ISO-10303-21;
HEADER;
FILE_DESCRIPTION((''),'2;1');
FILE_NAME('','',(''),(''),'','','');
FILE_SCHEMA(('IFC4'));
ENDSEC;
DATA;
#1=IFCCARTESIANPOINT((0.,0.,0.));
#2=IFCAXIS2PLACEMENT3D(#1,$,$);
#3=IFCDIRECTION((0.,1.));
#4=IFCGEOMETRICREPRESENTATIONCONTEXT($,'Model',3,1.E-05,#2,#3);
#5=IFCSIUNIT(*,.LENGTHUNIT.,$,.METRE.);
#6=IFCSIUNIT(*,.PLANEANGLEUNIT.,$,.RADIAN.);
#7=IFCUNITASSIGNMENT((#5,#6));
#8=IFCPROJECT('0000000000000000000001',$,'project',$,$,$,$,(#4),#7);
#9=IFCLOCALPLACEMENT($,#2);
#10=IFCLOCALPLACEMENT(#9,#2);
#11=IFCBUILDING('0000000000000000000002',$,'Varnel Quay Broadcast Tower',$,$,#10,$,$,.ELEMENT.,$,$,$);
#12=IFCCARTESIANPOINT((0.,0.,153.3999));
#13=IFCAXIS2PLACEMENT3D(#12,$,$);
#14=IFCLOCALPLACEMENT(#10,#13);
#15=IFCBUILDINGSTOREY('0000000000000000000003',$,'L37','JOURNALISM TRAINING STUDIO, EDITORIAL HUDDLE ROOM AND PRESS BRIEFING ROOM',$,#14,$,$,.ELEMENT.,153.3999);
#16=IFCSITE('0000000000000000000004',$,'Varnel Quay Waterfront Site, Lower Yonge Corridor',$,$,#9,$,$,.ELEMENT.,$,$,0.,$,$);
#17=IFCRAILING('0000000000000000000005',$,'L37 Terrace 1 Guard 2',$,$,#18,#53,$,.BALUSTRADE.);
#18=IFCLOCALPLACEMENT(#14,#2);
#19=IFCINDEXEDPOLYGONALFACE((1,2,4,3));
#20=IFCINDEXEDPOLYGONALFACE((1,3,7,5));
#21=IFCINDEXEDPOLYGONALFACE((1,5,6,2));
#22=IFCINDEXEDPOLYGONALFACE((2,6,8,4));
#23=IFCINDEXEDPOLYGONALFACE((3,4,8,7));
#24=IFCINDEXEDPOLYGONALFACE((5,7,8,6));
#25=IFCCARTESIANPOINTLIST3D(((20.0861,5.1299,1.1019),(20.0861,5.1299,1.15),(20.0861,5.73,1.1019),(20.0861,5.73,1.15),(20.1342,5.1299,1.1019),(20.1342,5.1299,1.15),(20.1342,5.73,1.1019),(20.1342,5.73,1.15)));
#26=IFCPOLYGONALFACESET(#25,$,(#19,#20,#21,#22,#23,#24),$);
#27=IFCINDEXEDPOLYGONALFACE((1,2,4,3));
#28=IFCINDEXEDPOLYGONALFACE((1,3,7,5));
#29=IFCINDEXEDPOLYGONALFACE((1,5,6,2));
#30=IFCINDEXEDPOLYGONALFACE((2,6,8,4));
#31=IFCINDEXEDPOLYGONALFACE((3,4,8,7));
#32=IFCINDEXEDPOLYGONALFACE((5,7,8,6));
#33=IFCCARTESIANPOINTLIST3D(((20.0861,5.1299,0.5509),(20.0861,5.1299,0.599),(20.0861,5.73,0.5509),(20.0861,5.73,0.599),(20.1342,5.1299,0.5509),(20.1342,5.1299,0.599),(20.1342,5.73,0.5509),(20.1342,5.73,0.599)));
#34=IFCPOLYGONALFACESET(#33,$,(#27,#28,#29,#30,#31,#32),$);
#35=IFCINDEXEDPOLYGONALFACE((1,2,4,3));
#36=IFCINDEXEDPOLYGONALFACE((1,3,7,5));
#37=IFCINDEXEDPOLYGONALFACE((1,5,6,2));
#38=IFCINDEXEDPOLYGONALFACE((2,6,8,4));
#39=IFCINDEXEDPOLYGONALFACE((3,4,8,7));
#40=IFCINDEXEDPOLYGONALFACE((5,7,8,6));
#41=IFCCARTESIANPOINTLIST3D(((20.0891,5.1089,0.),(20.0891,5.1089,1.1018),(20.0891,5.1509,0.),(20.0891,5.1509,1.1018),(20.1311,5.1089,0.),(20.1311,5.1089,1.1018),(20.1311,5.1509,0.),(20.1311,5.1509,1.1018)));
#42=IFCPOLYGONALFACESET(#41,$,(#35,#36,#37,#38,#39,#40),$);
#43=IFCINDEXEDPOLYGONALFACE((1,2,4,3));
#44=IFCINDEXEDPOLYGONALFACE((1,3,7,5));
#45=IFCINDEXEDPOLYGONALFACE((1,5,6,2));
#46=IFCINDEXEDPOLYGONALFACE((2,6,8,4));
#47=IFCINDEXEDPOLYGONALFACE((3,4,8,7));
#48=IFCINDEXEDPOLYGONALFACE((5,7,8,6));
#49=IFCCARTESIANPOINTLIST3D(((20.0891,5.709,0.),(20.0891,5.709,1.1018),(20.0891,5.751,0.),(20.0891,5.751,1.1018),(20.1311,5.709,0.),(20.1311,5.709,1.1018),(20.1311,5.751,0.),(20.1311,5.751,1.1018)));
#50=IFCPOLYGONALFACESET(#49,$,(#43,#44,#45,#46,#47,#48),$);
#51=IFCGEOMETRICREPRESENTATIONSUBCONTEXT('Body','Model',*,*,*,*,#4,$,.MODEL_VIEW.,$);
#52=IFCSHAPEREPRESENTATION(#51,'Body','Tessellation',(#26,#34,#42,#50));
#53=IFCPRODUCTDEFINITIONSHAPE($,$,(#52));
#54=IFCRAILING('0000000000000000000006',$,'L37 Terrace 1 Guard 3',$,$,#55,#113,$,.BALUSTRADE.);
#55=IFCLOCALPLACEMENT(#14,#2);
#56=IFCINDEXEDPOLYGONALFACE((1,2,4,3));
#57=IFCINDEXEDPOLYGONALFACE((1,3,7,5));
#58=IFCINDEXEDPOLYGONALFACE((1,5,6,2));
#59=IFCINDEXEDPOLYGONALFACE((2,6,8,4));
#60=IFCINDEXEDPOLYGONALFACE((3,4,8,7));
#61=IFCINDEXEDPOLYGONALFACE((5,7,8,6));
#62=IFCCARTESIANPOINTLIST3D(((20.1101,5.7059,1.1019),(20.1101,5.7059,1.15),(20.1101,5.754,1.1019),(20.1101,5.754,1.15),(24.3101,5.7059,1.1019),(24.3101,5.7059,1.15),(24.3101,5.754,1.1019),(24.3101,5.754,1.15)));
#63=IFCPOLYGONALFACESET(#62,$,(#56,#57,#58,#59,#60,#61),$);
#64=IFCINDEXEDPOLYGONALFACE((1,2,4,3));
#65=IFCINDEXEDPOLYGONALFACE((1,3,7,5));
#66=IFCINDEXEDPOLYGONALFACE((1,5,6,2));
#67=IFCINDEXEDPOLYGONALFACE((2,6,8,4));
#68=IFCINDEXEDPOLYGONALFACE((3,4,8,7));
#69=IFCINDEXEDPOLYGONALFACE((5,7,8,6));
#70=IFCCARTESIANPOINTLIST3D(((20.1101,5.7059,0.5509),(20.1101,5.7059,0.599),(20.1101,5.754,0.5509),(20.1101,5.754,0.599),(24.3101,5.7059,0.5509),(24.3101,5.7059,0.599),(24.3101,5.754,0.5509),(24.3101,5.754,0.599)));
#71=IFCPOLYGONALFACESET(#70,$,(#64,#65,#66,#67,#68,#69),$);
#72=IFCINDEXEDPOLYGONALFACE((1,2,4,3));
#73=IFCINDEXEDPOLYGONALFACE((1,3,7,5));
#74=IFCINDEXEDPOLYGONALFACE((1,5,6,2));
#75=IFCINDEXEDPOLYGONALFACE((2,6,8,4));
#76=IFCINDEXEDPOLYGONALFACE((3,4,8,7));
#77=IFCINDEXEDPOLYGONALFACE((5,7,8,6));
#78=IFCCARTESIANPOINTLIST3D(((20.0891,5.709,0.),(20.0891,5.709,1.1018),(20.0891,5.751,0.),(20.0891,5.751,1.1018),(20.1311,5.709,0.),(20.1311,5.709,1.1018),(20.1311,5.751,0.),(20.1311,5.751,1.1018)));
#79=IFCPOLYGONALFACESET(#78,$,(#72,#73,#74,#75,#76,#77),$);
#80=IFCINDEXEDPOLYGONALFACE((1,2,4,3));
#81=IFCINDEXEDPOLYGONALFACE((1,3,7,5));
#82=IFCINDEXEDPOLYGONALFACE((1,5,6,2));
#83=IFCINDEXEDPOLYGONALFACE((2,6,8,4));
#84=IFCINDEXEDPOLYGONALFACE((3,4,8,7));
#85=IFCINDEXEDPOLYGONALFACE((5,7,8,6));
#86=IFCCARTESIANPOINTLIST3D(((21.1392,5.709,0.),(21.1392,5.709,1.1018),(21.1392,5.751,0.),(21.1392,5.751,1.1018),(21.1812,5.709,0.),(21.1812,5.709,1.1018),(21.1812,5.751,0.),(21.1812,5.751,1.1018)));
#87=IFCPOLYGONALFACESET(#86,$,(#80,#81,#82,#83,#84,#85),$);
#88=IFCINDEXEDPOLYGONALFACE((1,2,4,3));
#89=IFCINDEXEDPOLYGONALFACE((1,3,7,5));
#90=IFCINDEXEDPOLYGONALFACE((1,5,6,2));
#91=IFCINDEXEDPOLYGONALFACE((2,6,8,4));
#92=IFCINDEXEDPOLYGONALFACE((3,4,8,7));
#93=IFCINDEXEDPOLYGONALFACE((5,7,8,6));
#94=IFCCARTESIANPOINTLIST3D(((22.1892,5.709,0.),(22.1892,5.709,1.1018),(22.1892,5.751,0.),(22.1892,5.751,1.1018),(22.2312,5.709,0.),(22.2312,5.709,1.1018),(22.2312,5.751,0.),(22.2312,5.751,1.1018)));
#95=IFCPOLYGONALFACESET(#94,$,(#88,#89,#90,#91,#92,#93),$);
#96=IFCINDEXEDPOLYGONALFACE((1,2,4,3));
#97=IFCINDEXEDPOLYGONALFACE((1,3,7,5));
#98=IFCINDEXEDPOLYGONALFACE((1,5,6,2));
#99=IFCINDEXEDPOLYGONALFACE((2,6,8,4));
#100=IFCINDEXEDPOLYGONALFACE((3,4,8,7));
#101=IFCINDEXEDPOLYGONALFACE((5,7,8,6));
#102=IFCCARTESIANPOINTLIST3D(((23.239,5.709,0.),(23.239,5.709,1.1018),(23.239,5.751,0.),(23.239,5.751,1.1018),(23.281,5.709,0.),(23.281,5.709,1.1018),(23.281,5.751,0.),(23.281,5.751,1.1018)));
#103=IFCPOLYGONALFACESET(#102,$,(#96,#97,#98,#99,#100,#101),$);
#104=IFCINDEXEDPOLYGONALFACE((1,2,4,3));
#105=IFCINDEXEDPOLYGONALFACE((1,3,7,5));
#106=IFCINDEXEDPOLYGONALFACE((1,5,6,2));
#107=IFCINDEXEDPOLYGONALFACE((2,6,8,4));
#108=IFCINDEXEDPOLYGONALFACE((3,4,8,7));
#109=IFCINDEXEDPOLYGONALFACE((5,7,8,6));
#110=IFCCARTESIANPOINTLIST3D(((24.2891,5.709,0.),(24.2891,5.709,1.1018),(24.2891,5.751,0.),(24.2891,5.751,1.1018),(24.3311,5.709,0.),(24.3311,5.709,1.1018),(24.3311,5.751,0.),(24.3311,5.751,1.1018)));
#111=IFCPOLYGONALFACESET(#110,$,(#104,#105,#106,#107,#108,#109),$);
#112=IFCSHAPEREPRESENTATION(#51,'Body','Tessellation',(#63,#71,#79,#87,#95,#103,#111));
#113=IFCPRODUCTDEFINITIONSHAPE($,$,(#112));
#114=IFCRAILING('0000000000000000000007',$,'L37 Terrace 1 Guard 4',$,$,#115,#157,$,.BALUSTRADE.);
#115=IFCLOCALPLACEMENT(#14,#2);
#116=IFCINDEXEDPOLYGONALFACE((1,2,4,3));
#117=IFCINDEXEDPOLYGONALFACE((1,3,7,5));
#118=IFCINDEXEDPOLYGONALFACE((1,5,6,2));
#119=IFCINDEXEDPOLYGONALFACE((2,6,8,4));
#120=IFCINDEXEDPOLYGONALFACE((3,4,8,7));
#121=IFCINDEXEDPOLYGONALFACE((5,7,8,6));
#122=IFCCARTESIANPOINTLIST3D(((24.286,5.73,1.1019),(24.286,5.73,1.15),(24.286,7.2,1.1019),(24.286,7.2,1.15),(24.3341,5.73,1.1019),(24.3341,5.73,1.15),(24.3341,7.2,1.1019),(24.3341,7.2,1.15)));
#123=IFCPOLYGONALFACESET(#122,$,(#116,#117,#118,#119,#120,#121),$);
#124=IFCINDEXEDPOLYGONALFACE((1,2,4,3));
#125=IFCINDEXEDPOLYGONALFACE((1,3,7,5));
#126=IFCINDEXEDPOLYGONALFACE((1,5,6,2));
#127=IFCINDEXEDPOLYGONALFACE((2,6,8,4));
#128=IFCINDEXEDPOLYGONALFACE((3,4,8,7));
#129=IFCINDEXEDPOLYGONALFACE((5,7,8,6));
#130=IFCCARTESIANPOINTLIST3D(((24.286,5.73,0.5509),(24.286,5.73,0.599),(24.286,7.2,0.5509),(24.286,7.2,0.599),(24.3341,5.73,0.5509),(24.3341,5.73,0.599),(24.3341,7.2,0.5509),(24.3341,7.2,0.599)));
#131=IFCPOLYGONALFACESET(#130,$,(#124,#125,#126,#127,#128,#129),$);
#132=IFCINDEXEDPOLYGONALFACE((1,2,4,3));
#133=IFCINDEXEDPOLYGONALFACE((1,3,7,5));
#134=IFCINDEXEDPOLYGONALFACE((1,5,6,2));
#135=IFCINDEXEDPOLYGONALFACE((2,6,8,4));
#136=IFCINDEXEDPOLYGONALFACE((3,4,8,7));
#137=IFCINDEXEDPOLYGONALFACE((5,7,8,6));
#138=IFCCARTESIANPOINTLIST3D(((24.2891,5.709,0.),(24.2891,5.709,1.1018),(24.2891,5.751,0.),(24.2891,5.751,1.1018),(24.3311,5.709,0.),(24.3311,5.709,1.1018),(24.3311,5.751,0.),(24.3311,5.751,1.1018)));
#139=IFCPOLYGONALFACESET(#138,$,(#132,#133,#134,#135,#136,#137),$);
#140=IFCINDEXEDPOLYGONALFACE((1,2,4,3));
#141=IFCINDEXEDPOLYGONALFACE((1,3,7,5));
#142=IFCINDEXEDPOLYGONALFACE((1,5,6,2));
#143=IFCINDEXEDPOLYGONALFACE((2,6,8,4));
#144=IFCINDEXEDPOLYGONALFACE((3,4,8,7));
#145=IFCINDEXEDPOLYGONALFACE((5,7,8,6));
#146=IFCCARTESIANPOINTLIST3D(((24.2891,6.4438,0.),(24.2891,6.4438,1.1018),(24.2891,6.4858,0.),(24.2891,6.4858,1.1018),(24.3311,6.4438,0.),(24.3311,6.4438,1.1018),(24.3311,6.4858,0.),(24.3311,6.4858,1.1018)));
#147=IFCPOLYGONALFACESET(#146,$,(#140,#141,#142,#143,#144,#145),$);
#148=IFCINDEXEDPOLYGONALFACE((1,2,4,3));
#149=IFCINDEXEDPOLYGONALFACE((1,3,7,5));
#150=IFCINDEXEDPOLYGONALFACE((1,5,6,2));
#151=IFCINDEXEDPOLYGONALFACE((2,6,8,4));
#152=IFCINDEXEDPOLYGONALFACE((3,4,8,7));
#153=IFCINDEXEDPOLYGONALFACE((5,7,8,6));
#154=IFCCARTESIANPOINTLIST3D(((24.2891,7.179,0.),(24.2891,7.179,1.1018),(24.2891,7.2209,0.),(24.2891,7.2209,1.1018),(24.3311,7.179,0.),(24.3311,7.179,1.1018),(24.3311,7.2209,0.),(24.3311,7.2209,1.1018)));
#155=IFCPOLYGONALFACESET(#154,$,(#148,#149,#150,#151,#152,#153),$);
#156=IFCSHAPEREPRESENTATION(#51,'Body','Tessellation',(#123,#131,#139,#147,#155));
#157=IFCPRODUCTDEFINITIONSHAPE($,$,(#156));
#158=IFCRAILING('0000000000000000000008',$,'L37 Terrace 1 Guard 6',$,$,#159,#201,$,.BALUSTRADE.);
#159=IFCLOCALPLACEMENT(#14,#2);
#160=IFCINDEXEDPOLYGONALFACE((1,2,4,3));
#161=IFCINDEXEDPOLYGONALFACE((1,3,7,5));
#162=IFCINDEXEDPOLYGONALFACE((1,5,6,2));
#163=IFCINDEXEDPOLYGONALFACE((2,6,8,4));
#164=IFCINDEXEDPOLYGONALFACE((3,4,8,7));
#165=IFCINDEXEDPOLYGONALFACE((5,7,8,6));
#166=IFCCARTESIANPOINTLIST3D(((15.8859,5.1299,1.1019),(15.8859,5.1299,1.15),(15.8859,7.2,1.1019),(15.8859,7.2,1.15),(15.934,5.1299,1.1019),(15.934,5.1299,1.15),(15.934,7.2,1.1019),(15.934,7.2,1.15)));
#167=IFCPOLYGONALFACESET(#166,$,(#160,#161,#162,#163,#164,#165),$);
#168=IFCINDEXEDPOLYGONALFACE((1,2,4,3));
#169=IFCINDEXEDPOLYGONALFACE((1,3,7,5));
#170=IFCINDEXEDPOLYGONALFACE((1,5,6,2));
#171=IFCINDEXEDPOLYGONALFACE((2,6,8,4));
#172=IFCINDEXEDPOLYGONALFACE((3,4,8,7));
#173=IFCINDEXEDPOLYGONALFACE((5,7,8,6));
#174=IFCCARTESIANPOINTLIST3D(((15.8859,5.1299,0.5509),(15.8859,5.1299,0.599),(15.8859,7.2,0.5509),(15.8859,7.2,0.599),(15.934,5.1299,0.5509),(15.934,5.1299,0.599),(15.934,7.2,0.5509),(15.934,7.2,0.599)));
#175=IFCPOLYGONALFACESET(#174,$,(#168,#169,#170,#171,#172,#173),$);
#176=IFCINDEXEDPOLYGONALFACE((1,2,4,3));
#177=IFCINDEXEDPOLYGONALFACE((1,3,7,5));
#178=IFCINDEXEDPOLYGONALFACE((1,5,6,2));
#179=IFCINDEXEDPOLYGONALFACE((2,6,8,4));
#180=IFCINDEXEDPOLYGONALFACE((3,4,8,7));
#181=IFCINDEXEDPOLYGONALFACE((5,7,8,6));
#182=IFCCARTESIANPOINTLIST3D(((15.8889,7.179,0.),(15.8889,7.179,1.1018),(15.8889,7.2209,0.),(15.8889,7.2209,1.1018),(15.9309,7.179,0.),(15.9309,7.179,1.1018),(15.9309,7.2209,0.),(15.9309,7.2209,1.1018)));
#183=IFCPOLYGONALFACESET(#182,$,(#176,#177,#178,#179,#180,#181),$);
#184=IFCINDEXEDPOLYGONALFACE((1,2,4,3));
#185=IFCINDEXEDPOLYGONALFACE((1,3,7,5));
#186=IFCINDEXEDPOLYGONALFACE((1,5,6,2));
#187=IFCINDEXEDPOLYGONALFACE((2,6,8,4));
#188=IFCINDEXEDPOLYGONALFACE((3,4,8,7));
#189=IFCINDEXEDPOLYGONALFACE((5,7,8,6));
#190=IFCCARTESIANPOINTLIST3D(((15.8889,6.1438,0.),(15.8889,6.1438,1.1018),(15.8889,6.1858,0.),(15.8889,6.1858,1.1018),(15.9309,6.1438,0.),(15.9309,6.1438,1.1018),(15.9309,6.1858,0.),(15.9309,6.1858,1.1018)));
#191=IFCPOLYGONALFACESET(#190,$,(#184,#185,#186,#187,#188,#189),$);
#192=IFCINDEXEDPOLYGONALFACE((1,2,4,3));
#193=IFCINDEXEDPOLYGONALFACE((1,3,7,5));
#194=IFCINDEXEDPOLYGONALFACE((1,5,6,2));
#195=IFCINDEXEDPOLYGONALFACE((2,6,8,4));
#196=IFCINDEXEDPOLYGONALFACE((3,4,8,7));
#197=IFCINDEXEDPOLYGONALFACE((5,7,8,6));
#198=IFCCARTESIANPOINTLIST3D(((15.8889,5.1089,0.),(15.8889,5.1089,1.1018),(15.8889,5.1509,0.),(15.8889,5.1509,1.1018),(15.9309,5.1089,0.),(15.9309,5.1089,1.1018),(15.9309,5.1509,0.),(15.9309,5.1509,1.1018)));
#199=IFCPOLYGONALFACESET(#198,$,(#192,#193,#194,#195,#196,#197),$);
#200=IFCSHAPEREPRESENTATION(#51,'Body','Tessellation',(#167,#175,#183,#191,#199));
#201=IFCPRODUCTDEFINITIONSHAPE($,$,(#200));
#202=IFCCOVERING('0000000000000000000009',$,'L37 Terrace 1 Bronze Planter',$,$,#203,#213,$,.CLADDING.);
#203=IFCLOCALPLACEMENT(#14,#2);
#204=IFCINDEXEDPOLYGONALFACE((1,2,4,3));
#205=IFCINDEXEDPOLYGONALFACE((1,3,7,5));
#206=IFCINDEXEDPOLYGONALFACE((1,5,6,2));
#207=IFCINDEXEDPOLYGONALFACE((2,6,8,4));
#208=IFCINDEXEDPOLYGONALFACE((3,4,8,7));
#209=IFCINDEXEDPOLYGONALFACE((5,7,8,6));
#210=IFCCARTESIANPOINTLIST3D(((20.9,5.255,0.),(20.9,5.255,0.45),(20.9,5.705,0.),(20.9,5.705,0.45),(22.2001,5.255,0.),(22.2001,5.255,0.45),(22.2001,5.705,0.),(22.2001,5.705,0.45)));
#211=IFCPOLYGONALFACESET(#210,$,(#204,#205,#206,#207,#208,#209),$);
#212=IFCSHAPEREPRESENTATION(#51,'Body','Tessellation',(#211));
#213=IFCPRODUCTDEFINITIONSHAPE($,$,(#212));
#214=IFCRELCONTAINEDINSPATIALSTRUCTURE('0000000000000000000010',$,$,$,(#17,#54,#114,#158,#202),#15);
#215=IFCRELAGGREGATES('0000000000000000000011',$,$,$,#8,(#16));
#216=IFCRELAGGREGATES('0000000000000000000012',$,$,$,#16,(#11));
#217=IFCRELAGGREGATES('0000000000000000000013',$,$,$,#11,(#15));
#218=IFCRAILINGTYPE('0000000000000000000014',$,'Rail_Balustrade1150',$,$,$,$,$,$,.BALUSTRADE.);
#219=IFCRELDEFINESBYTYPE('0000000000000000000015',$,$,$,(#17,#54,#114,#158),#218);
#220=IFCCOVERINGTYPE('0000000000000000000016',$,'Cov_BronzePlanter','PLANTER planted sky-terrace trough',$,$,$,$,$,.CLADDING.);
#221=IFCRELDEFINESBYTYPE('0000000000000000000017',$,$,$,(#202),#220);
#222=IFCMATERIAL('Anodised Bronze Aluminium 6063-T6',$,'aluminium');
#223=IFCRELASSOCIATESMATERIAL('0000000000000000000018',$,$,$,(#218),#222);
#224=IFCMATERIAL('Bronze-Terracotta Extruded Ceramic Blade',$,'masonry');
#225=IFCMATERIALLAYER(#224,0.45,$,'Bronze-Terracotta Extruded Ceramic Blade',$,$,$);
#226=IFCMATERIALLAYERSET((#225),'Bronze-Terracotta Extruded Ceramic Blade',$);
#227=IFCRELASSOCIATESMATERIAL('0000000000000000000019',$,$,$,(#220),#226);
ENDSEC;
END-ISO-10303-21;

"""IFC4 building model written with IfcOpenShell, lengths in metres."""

from ifc_helpers import new_model, si_unit, direction, frame, origin, origin_2d, place, context, subcontext, project, spatial, rectangle, extrude, source, transform, mapped, material, layer, layer_set, type_object, type_shapes, element, save


model = new_model("IFC4")

# Units and contexts
model_context = context("Model", 3, precision=1e-05, world=origin(), true_north=direction((0.0, 1.0)))
body_context = subcontext(model_context, "Body", "Model", "MODEL_VIEW")
ifc_project = project(units=[si_unit("LENGTHUNIT", "METRE"), si_unit("PLANEANGLEUNIT", "RADIAN")], contexts=[model_context])

# Site, building, storey
site_placement = place(None, origin())
site = spatial("IfcSite", under=ifc_project, at=site_placement, Name="Varnel Quay Waterfront Site, Lower Yonge Corridor", CompositionType="ELEMENT", RefElevation=0.0)
building_placement = place(site_placement, origin())
building = spatial("IfcBuilding", under=site, at=building_placement, Name="Varnel Quay Broadcast Tower", CompositionType="ELEMENT")
storey_placement = place(building_placement, frame((0.0, 0.0, 153.3999)))
storey = spatial("IfcBuildingStorey", under=building, at=storey_placement, Name="L37", Description="JOURNALISM TRAINING STUDIO, EDITORIAL HUDDLE ROOM AND PRESS BRIEFING ROOM", CompositionType="ELEMENT", Elevation=153.3999)

# Shared definitions
ifc_material_1 = material(Name="Anodised Bronze Aluminium 6063-T6", Category="aluminium")

# Railings
railing_type = type_object("IfcRailingType", Name="Rail_Balustrade1150", PredefinedType="BALUSTRADE", material=ifc_material_1)
railing_1_placement = place(storey_placement, frame((20.1101, 5.1299, 0.0)))
element("IfcRailing", 1, at=railing_1_placement, inside=storey, type_object=railing_type, Name="L37 Terrace 1 Guard 2", PredefinedType="BALUSTRADE", context=body_context, shape_type="SweptSolid", body=[
    extrude(rectangle(XDim=0.0481, YDim=0.0481, at=origin_2d()), frame((0.0, 0.0, 1.126), z_axis=(0.0, 1.0, 0.0), x_axis=(-1.0, 0.0, 0.0)), (0.0, 0.0, 1.0), 0.6001),
    extrude(rectangle(XDim=0.0481, YDim=0.0481, at=origin_2d()), frame((0.0, 0.0, 0.575), z_axis=(0.0, 1.0, 0.0), x_axis=(-1.0, 0.0, 0.0)), (0.0, 0.0, 1.0), 0.6001),
    extrude(rectangle(XDim=0.042, YDim=0.042, at=origin_2d()), origin(), (0.0, 0.0, 1.0), 1.1018),
    extrude(rectangle(XDim=0.042, YDim=0.042, at=origin_2d()), frame((0.0, 0.6001, 0.0)), (0.0, 0.0, 1.0), 1.1018),
])
railing_2_placement = place(storey_placement, frame((20.1101, 5.73, 0.0)))
element("IfcRailing", 2, at=railing_2_placement, inside=storey, type_object=railing_type, Name="L37 Terrace 1 Guard 3", PredefinedType="BALUSTRADE", context=body_context, shape_type="SweptSolid", body=[
    extrude(rectangle(XDim=0.0481, YDim=0.0481, at=origin_2d()), frame((0.0, 0.0, 1.126), z_axis=(1.0, 0.0, 0.0), x_axis=(0.0, 1.0, 0.0)), (0.0, 0.0, 1.0), 4.2),
    extrude(rectangle(XDim=0.0481, YDim=0.0481, at=origin_2d()), frame((0.0, 0.0, 0.575), z_axis=(1.0, 0.0, 0.0), x_axis=(0.0, 1.0, 0.0)), (0.0, 0.0, 1.0), 4.2),
    extrude(rectangle(XDim=0.042, YDim=0.042, at=origin_2d()), origin(), (0.0, 0.0, 1.0), 1.1018),
    extrude(rectangle(XDim=0.042, YDim=0.042, at=origin_2d()), frame((1.05, 0.0, 0.0)), (0.0, 0.0, 1.0), 1.1018),
    extrude(rectangle(XDim=0.042, YDim=0.042, at=origin_2d()), frame((2.1001, 0.0, 0.0)), (0.0, 0.0, 1.0), 1.1018),
    extrude(rectangle(XDim=0.042, YDim=0.042, at=origin_2d()), frame((3.1499, 0.0, 0.0)), (0.0, 0.0, 1.0), 1.1018),
    extrude(rectangle(XDim=0.042, YDim=0.042, at=origin_2d()), frame((4.2, 0.0, 0.0)), (0.0, 0.0, 1.0), 1.1018),
])
railing_3_placement = place(storey_placement, frame((24.3101, 5.73, 0.0)))
element("IfcRailing", 3, at=railing_3_placement, inside=storey, type_object=railing_type, Name="L37 Terrace 1 Guard 4", PredefinedType="BALUSTRADE", context=body_context, shape_type="SweptSolid", body=[
    extrude(rectangle(XDim=0.0481, YDim=0.0481, at=origin_2d()), frame((0.0, 0.0, 1.126), z_axis=(0.0, 1.0, 0.0), x_axis=(-1.0, 0.0, 0.0)), (0.0, 0.0, 1.0), 1.47),
    extrude(rectangle(XDim=0.0481, YDim=0.0481, at=origin_2d()), frame((0.0, 0.0, 0.575), z_axis=(0.0, 1.0, 0.0), x_axis=(-1.0, 0.0, 0.0)), (0.0, 0.0, 1.0), 1.47),
    extrude(rectangle(XDim=0.042, YDim=0.042, at=origin_2d()), origin(), (0.0, 0.0, 1.0), 1.1018),
    extrude(rectangle(XDim=0.042, YDim=0.042, at=origin_2d()), frame((0.0, 0.7349, 0.0)), (0.0, 0.0, 1.0), 1.1018),
    extrude(rectangle(XDim=0.042, YDim=0.042, at=origin_2d()), frame((0.0, 1.47, 0.0)), (0.0, 0.0, 1.0), 1.1018),
])
railing_4_placement = place(storey_placement, frame((15.9099, 7.2, 0.0)))
element("IfcRailing", 4, at=railing_4_placement, inside=storey, type_object=railing_type, Name="L37 Terrace 1 Guard 6", PredefinedType="BALUSTRADE", context=body_context, shape_type="SweptSolid", body=[
    extrude(rectangle(XDim=0.0481, YDim=0.0481, at=origin_2d()), frame((0.0, 0.0, 1.126), z_axis=(0.0, -1.0, 0.0), x_axis=(1.0, 0.0, 0.0)), (0.0, 0.0, 1.0), 2.0701),
    extrude(rectangle(XDim=0.0481, YDim=0.0481, at=origin_2d()), frame((0.0, 0.0, 0.575), z_axis=(0.0, -1.0, 0.0), x_axis=(1.0, 0.0, 0.0)), (0.0, 0.0, 1.0), 2.0701),
    extrude(rectangle(XDim=0.042, YDim=0.042, at=origin_2d()), origin(), (0.0, 0.0, 1.0), 1.1018),
    extrude(rectangle(XDim=0.042, YDim=0.042, at=origin_2d()), frame((0.0, -1.0352, 0.0)), (0.0, 0.0, 1.0), 1.1018),
    extrude(rectangle(XDim=0.042, YDim=0.042, at=origin_2d()), frame((0.0, -2.0701, 0.0)), (0.0, 0.0, 1.0), 1.1018),
])

# Covering
ifc_material_2 = material(Name="Bronze-Terracotta Extruded Ceramic Blade", Category="masonry")
ifc_layer_1 = layer(ifc_material_2, 0.45, Name="Bronze-Terracotta Extruded Ceramic Blade")
ifc_layer_set_1 = layer_set([ifc_layer_1], Name="Bronze-Terracotta Extruded Ceramic Blade")
covering_type = type_object("IfcCoveringType", Name="Cov_BronzePlanter", Description="PLANTER planted sky-terrace trough", PredefinedType="CLADDING", material=ifc_layer_set_1)
shared_shape_1 = source(origin(), body_context, "Body", "SweptSolid", [
    extrude(rectangle(XDim=1.3, YDim=0.45, at=origin_2d()), origin(), (0.0, 0.0, 1.0), 0.45),
])
type_shapes(covering_type, [shared_shape_1])
covering_placement = place(storey_placement, frame((21.55, 5.48, 0.0), z_axis=(0.0, 0.0, 1.0), x_axis=(1.0, 0.0, 0.0)))
element("IfcCovering", 5, at=covering_placement, inside=storey, type_object=covering_type, Name="L37 Terrace 1 Bronze Planter", PredefinedType="CLADDING", context=body_context, shape_type="MappedRepresentation", body=[
    mapped(shared_shape_1, transform((0.0, 0.0, 0.0), x_axis=(1.0, 0.0, 0.0), y_axis=(0.0, 1.0, 0.0), z_axis=(0.0, 0.0, 1.0), scale=1.0)),
])

save(model, "model.ifc")
